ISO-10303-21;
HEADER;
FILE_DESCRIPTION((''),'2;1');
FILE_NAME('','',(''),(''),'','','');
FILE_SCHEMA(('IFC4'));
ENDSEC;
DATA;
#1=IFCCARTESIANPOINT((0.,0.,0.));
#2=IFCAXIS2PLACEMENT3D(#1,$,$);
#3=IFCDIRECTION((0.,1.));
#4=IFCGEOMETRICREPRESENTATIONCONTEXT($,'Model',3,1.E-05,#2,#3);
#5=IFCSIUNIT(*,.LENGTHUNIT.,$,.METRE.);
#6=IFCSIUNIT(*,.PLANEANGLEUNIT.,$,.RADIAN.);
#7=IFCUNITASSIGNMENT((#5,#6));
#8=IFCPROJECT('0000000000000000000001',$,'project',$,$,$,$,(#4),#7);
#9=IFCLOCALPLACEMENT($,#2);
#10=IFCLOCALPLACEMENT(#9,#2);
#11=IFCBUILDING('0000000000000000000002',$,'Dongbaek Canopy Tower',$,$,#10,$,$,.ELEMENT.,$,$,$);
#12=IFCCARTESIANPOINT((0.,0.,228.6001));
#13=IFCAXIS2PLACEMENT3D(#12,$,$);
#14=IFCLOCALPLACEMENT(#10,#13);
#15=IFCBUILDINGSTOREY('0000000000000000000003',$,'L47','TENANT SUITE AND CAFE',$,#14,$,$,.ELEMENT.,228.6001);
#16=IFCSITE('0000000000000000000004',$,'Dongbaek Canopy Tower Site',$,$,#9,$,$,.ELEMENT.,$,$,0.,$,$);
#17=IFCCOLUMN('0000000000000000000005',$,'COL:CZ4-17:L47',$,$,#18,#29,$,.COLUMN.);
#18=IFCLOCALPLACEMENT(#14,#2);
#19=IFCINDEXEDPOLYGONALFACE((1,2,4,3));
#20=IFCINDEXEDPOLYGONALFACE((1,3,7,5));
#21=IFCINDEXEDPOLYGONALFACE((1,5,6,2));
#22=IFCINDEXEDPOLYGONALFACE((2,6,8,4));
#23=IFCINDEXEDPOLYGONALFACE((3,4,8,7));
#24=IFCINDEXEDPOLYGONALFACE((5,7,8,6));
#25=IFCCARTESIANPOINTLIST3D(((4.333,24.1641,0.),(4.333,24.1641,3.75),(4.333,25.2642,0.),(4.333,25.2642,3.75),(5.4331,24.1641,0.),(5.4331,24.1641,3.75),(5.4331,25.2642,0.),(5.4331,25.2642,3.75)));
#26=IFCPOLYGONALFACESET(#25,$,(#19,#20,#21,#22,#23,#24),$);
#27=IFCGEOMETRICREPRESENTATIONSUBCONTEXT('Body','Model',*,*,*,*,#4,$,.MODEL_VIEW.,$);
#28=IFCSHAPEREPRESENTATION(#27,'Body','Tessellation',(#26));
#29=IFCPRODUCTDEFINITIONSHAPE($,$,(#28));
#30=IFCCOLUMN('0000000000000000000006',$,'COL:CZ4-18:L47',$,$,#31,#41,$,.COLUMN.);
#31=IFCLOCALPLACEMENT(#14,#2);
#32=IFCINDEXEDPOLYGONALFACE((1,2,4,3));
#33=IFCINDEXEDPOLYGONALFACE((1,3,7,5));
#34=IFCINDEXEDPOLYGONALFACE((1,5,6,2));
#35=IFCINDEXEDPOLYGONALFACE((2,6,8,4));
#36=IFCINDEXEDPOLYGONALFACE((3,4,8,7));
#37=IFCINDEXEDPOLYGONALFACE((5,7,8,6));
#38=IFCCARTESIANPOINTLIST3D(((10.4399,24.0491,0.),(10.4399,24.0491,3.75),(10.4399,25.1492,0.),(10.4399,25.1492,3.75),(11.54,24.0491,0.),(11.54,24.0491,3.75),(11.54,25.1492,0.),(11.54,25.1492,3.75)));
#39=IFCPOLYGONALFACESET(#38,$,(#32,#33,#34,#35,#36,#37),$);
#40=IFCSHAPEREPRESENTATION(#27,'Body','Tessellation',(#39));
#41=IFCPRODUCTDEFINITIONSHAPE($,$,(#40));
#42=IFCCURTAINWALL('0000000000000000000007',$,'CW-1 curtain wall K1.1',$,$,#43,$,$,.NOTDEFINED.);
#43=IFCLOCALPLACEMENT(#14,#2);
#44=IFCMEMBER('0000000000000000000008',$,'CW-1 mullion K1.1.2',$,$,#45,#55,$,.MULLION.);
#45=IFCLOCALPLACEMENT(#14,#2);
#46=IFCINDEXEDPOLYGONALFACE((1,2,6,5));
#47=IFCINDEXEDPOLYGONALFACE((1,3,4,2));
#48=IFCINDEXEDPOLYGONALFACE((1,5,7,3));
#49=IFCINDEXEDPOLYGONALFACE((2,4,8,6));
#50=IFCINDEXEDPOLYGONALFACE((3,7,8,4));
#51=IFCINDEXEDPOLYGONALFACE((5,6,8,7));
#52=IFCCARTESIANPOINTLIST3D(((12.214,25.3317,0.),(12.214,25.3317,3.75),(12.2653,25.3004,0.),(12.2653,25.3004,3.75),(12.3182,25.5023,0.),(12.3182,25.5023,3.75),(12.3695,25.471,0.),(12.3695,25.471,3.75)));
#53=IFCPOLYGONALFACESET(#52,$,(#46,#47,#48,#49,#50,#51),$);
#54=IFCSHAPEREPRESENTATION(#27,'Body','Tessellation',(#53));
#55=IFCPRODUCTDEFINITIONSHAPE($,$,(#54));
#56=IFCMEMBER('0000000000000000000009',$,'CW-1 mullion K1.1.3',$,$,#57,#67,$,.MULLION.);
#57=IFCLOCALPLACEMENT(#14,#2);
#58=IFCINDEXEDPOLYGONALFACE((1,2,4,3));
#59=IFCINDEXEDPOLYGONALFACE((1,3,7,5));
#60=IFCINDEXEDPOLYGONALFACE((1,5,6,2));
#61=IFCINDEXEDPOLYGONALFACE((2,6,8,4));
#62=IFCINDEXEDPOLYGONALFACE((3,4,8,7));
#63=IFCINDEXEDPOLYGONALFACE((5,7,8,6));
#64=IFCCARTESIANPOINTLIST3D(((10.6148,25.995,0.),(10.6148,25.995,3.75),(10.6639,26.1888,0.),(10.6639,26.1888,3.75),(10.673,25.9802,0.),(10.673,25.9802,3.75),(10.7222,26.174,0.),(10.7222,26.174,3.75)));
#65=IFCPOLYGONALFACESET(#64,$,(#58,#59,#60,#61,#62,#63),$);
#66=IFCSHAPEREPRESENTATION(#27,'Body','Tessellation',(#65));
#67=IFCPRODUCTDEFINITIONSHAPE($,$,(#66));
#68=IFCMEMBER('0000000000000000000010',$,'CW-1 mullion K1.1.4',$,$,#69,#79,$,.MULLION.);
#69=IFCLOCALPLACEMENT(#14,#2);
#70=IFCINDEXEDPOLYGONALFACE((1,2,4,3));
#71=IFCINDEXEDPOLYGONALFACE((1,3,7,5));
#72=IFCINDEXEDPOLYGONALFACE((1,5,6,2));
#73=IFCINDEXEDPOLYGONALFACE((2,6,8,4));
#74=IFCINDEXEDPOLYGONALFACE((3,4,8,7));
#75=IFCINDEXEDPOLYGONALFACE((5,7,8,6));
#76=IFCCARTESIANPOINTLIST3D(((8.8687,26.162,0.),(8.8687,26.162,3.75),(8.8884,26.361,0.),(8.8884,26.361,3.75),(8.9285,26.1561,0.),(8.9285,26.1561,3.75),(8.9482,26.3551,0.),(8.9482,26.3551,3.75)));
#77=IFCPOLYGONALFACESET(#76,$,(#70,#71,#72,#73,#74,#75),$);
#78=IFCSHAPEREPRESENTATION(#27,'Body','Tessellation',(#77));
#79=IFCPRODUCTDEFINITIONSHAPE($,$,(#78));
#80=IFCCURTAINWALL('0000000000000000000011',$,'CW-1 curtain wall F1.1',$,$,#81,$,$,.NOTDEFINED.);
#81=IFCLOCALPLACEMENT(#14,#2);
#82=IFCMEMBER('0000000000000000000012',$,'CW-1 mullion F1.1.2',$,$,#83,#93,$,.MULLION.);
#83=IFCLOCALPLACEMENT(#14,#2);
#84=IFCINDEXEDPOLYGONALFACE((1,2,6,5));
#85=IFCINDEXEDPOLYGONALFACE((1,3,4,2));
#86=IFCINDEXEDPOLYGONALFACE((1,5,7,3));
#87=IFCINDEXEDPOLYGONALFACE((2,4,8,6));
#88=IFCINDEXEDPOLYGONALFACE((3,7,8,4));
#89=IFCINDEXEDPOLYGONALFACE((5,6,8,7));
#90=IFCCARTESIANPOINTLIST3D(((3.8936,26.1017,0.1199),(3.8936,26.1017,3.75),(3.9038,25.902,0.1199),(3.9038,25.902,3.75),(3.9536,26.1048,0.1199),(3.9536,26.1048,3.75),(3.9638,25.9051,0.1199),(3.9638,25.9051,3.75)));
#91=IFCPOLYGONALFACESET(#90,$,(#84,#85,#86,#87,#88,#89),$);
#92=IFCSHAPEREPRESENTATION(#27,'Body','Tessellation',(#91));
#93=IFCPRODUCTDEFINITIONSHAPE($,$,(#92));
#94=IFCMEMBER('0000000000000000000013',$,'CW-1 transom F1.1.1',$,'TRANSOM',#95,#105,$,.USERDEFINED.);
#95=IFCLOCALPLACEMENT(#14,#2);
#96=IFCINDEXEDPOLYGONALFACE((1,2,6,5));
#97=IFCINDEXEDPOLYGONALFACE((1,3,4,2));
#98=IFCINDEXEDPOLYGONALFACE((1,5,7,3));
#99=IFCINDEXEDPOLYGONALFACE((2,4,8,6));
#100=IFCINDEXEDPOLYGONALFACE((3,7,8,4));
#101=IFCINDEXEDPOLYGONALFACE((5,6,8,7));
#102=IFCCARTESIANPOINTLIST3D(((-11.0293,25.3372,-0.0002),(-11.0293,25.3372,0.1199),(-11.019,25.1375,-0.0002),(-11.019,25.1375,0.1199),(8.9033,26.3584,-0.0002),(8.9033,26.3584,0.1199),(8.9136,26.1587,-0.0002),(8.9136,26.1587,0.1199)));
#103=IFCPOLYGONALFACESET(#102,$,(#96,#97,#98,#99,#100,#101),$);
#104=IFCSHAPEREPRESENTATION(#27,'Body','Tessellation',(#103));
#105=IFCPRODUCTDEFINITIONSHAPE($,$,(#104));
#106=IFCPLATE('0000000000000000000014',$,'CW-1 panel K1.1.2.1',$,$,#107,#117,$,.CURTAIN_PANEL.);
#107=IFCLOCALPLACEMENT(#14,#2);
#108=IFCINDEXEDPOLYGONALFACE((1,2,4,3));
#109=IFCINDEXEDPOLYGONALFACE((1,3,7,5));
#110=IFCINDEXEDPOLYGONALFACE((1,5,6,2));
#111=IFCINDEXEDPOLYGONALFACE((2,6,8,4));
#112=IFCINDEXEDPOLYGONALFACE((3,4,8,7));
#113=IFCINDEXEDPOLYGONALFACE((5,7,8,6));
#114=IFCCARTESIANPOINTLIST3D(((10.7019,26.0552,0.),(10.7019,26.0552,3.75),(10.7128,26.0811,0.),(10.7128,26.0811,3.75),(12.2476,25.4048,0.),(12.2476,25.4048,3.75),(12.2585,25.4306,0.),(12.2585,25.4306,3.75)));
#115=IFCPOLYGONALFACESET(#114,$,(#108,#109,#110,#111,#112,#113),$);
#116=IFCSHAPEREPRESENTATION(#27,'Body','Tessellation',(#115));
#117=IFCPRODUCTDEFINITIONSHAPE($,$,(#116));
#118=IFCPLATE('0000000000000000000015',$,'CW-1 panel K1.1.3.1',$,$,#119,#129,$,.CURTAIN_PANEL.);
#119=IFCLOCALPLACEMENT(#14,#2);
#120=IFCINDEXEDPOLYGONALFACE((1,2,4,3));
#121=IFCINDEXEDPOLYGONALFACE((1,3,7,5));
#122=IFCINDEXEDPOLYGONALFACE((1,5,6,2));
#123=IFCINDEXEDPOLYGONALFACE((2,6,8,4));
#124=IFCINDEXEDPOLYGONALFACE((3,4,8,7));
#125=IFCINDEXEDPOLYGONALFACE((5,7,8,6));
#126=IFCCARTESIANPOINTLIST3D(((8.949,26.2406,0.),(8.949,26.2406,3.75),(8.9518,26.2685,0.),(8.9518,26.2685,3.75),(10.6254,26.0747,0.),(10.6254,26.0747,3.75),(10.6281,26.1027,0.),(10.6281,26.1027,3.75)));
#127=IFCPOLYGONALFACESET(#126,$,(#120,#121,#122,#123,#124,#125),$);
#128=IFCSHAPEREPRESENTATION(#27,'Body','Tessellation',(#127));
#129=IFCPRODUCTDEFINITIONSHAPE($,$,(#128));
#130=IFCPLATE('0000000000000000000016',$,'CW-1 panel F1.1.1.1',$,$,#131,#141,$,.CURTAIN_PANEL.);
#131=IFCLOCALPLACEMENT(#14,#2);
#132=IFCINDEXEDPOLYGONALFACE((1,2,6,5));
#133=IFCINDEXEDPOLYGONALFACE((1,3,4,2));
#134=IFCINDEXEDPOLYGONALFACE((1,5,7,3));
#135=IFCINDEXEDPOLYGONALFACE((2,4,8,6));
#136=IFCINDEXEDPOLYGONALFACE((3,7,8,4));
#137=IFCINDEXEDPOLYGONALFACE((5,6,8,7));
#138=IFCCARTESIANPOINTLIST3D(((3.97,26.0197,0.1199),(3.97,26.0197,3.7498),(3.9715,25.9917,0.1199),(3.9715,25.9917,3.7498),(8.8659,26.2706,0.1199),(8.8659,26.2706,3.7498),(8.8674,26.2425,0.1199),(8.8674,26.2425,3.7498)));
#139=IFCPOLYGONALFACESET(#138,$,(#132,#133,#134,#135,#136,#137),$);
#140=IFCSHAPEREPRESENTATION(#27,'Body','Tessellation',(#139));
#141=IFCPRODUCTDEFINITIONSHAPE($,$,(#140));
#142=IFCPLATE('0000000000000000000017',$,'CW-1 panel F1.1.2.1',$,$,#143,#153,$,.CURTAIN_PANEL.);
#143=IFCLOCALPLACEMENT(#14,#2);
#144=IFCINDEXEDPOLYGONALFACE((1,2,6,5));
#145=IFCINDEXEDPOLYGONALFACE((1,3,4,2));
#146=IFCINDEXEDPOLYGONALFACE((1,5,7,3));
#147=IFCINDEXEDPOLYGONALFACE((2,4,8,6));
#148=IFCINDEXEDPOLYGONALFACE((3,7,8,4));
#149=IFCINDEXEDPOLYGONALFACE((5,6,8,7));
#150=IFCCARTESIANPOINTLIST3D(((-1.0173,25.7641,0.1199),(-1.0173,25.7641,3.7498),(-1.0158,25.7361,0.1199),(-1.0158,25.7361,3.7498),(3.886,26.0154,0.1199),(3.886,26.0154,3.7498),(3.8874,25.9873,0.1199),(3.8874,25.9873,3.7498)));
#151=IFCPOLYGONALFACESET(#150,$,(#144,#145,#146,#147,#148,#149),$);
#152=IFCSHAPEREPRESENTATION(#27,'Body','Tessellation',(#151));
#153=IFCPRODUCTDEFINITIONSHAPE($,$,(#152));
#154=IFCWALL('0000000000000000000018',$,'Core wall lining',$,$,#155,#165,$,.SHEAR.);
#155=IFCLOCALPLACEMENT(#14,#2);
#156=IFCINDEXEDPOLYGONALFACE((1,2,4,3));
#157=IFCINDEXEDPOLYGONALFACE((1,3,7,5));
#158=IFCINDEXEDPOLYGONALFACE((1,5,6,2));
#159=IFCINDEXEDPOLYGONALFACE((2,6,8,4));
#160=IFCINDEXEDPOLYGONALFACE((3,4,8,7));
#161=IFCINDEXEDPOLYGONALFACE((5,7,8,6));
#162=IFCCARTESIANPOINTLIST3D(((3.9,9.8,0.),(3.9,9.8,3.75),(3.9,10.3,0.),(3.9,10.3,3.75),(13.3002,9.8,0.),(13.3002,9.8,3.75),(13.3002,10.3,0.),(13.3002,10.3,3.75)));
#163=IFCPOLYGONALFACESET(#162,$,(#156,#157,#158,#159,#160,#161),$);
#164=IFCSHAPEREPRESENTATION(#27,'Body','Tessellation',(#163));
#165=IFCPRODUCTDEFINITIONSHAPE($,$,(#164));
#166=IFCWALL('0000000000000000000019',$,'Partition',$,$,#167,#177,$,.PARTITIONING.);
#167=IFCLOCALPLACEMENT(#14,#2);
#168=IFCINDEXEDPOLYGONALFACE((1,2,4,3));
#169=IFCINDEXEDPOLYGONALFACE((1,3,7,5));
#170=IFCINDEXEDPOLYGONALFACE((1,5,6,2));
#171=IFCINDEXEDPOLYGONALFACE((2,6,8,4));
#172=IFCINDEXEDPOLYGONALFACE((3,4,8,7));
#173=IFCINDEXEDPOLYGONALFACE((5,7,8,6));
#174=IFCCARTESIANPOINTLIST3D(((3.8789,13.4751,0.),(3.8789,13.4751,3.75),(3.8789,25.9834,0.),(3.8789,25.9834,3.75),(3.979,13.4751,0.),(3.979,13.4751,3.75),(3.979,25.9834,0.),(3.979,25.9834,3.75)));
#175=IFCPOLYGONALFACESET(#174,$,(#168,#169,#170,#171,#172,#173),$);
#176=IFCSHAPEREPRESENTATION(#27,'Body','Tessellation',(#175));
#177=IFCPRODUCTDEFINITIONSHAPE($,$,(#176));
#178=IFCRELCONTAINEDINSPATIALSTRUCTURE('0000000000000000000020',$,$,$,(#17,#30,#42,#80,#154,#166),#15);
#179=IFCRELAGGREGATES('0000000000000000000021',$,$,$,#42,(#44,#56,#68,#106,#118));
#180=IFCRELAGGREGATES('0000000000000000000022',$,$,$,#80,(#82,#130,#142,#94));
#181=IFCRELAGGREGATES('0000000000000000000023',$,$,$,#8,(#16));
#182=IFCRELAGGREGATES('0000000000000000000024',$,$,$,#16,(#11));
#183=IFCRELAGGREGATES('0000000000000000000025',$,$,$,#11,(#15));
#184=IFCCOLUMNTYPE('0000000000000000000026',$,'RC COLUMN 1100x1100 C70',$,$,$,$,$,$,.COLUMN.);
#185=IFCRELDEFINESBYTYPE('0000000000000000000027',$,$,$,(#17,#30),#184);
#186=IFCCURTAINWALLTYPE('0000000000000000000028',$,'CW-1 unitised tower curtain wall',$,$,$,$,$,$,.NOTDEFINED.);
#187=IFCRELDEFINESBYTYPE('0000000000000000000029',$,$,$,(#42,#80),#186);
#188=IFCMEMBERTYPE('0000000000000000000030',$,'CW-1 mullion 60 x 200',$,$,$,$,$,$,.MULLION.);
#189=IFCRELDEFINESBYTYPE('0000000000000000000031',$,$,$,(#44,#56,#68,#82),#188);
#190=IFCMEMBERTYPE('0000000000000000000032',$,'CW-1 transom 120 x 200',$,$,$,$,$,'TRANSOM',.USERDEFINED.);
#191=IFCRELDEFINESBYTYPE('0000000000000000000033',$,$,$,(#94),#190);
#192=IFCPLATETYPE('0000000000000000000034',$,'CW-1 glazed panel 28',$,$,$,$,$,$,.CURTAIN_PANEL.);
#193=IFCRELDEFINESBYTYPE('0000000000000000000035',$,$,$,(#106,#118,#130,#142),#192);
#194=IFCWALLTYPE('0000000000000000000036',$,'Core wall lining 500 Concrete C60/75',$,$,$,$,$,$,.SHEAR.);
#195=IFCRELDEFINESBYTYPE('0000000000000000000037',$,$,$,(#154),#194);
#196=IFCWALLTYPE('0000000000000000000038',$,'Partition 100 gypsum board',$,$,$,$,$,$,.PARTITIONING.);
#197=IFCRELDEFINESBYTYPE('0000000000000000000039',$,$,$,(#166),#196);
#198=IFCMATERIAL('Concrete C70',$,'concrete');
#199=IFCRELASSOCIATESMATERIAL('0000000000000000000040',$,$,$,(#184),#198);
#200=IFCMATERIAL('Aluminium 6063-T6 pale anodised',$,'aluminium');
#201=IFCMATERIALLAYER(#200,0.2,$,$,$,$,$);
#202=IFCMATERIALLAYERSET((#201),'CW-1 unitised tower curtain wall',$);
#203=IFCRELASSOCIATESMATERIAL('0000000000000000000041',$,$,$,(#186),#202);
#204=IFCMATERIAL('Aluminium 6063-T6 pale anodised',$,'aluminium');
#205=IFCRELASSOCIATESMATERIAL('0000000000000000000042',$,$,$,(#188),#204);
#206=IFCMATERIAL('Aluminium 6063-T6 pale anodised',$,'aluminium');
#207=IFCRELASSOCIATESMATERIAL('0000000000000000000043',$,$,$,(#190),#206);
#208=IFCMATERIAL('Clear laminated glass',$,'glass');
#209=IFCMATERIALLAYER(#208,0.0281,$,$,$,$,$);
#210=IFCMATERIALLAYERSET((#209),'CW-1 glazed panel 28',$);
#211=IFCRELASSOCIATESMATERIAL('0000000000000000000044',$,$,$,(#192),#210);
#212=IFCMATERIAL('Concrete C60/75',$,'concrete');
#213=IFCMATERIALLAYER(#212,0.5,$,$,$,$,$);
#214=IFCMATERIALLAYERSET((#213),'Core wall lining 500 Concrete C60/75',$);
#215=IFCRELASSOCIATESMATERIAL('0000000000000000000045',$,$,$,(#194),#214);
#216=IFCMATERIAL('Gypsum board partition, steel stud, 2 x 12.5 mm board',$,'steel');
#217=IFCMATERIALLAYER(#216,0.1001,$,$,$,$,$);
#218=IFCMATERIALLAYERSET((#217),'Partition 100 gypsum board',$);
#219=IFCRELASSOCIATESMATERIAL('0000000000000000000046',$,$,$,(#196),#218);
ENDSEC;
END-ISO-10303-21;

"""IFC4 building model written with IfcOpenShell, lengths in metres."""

from ifc_helpers import new_model, si_unit, direction, frame, frame_2d, origin, origin_2d, place, context, subcontext, project, spatial, rectangle, extrude, material, layer, layer_set, material_profile, profile_set, type_object, element, aggregate, save


model = new_model("IFC4")

# Units and contexts
model_context = context("Model", 3, precision=1e-05, world=origin(), true_north=direction((0.0, 1.0)))
body_context = subcontext(model_context, "Body", "Model", "MODEL_VIEW")
ifc_project = project(units=[si_unit("LENGTHUNIT", "METRE"), si_unit("PLANEANGLEUNIT", "RADIAN")], contexts=[model_context])

# Site, building, storey
site_placement = place(None, origin())
site = spatial("IfcSite", under=ifc_project, at=site_placement, Name="Dongbaek Canopy Tower Site", CompositionType="ELEMENT", RefElevation=0.0)
building_placement = place(site_placement, origin())
building = spatial("IfcBuilding", under=site, at=building_placement, Name="Dongbaek Canopy Tower", CompositionType="ELEMENT")
storey_placement = place(building_placement, frame((0.0, 0.0, 228.6001)))
storey = spatial("IfcBuildingStorey", under=building, at=storey_placement, Name="L47", Description="TENANT SUITE AND CAFE", CompositionType="ELEMENT", Elevation=228.6001)

# Columns
ifc_material_1 = material(Name="Concrete C70", Category="concrete")
ifc_material_profile_1 = material_profile(ifc_material_1, rectangle(XDim=1.1001, YDim=1.1001, at=origin_2d()), Name="RC COLUMN 1100x1100 C70")
ifc_profile_set_1 = profile_set([ifc_material_profile_1], Name="Concrete C70")
column_type = type_object("IfcColumnType", Name="RC COLUMN 1100x1100 C70", PredefinedType="COLUMN", material=ifc_profile_set_1)
for number, where, z_axis, x_axis, name in (
    (1, (4.8831, 24.7141, 0.0), (0.0, 0.0, 1.0), (1.0, 0.0, 0.0), "COL:CZ4-17:L47"),
    (2, (10.99, 24.5991, 0.0), (0.0, 0.0, 1.0), (1.0, 0.0, 0.0), "COL:CZ4-18:L47"),
):
    element("IfcColumn", number, at=place(storey_placement, frame(where, z_axis=z_axis, x_axis=x_axis)), inside=storey, type_object=column_type, Name=name, PredefinedType="COLUMN", context=body_context, shape_type="SweptSolid", body=[
        extrude(rectangle(XDim=1.1001, YDim=1.1001, at=origin_2d()), origin(), (0.0, 0.0, 1.0), 3.75),
    ])

# Curtain walls, members
ifc_material_2 = material(Name="Aluminium 6063-T6 pale anodised", Category="aluminium")
ifc_layer_1 = layer(ifc_material_2, 0.2)
ifc_layer_set_1 = layer_set([ifc_layer_1], Name="CW-1 unitised tower curtain wall")
curtain_wall_type = type_object("IfcCurtainWallType", Name="CW-1 unitised tower curtain wall", PredefinedType="NOTDEFINED", material=ifc_layer_set_1)
curtain_wall_1_placement = place(storey_placement, origin())
curtain_wall_1 = element("IfcCurtainWall", 3, at=curtain_wall_1_placement, inside=storey, type_object=curtain_wall_type, Name="CW-1 curtain wall K1.1", PredefinedType="NOTDEFINED")
ifc_material_3 = material(Name="Aluminium 6063-T6 pale anodised", Category="aluminium")
ifc_material_profile_2 = material_profile(ifc_material_3, rectangle(XDim=0.2, YDim=0.0601, at=origin_2d()), Name="CW-1 mullion 60 x 200")
ifc_profile_set_2 = profile_set([ifc_material_profile_2], Name="Aluminium 6063-T6 pale anodised")
member_type_1 = type_object("IfcMemberType", Name="CW-1 mullion 60 x 200", PredefinedType="MULLION", material=ifc_profile_set_2)
member_1_placement = place(storey_placement, frame((12.2917, 25.4014, 0.0), z_axis=(0.0, 0.0, 1.0), x_axis=(0.521099, 0.853496, 0.0)))
member_1 = element("IfcMember", 4, at=member_1_placement, type_object=member_type_1, Name="CW-1 mullion K1.1.2", PredefinedType="MULLION", context=body_context, shape_type="SweptSolid", body=[
    extrude(rectangle(XDim=0.2, YDim=0.0601, at=origin_2d()), origin(), (0.0, 0.0, 1.0), 3.75),
])
member_2_placement = place(storey_placement, frame((10.6685, 26.0845, 0.0), z_axis=(0.0, 0.0, 1.0), x_axis=(0.245923, 0.969289, 0.0)))
member_2 = element("IfcMember", 5, at=member_2_placement, type_object=member_type_1, Name="CW-1 mullion K1.1.3", PredefinedType="MULLION", context=body_context, shape_type="SweptSolid", body=[
    extrude(rectangle(XDim=0.2, YDim=0.0601, at=origin_2d()), origin(), (0.0, 0.0, 1.0), 3.75),
])
member_3_placement = place(storey_placement, frame((8.9084, 26.2585, 0.0), z_axis=(0.0, 0.0, 1.0), x_axis=(0.098479, 0.995139, 0.0)))
member_3 = element("IfcMember", 6, at=member_3_placement, type_object=member_type_1, Name="CW-1 mullion K1.1.4", PredefinedType="MULLION", context=body_context, shape_type="SweptSolid", body=[
    extrude(rectangle(XDim=0.2, YDim=0.0601, at=origin_2d()), origin(), (0.0, 0.0, 1.0), 3.75),
])
curtain_wall_2_placement = place(storey_placement, origin())
curtain_wall_2 = element("IfcCurtainWall", 7, at=curtain_wall_2_placement, inside=storey, type_object=curtain_wall_type, Name="CW-1 curtain wall F1.1", PredefinedType="NOTDEFINED")
member_4_placement = place(storey_placement, frame((3.9287, 26.0034, 0.1199), z_axis=(0.0, 0.0, 1.0), x_axis=(-0.051171, 0.99869, 0.0)))
member_4 = element("IfcMember", 8, at=member_4_placement, type_object=member_type_1, Name="CW-1 mullion F1.1.2", PredefinedType="MULLION", context=body_context, shape_type="SweptSolid", body=[
    extrude(rectangle(XDim=0.2, YDim=0.0601, at=origin_2d()), origin(), (0.0, 0.0, 1.0), 3.6301),
])
ifc_material_4 = material(Name="Aluminium 6063-T6 pale anodised", Category="aluminium")
ifc_material_profile_3 = material_profile(ifc_material_4, rectangle(XDim=0.2, YDim=0.1201, at=origin_2d()), Name="CW-1 transom 120 x 200")
ifc_profile_set_3 = profile_set([ifc_material_profile_3], Name="Aluminium 6063-T6 pale anodised")
member_type_2 = type_object("IfcMemberType", Name="CW-1 transom 120 x 200", ElementType="TRANSOM", PredefinedType="USERDEFINED", material=ifc_profile_set_3)
member_5_placement = place(storey_placement, frame((8.9084, 26.2585, 0.0598), z_axis=(-0.99869, -0.051168, 0.0), x_axis=(0.051168, -0.99869, 0.0)))
member_5 = element("IfcMember", 9, at=member_5_placement, type_object=member_type_2, Name="CW-1 transom F1.1.1", ObjectType="TRANSOM", PredefinedType="USERDEFINED", context=body_context, shape_type="SweptSolid", body=[
    extrude(rectangle(XDim=0.2, YDim=0.1201, at=origin_2d()), origin(), (0.0, 0.0, 1.0), 19.9587),
])

# Plates
ifc_material_5 = material(Name="Clear laminated glass", Category="glass")
ifc_layer_2 = layer(ifc_material_5, 0.0281)
ifc_layer_set_2 = layer_set([ifc_layer_2], Name="CW-1 glazed panel 28")
plate_type = type_object("IfcPlateType", Name="CW-1 glazed panel 28", PredefinedType="CURTAIN_PANEL", material=ifc_layer_set_2)
plate_1_placement = place(storey_placement, frame((11.4802, 25.7429, 0.0), z_axis=(0.0, 0.0, 1.0), x_axis=(-0.92172, 0.387857, 0.0)))
plate_1 = element("IfcPlate", 10, at=plate_1_placement, type_object=plate_type, Name="CW-1 panel K1.1.2.1", PredefinedType="CURTAIN_PANEL", context=body_context, shape_type="SweptSolid", body=[
    extrude(rectangle(XDim=1.677, YDim=0.0281, at=origin_2d()), origin(), (0.0, 0.0, 1.0), 3.75),
])
plate_2_placement = place(storey_placement, frame((9.7886, 26.1716, 0.0), z_axis=(0.0, 0.0, 1.0), x_axis=(-0.995139, 0.098479, 0.0)))
plate_2 = element("IfcPlate", 11, at=plate_2_placement, type_object=plate_type, Name="CW-1 panel K1.1.3.1", PredefinedType="CURTAIN_PANEL", context=body_context, shape_type="SweptSolid", body=[
    extrude(rectangle(XDim=1.6846, YDim=0.0281, at=origin_2d()), origin(), (0.0, 0.0, 1.0), 3.75),
])
aggregate(curtain_wall_1, [member_1, member_2, member_3, plate_1, plate_2])
plate_3_placement = place(storey_placement, frame((6.4187, 26.1311, 0.1199), z_axis=(0.0, 0.0, 1.0), x_axis=(-0.99869, -0.051171, 0.0)))
plate_3 = element("IfcPlate", 12, at=plate_3_placement, type_object=plate_type, Name="CW-1 panel F1.1.1.1", PredefinedType="CURTAIN_PANEL", context=body_context, shape_type="SweptSolid", body=[
    extrude(rectangle(XDim=4.9023, YDim=0.0281, at=origin_2d()), origin(), (0.0, 0.0, 1.0), 3.6299),
])
plate_4_placement = place(storey_placement, frame((1.4351, 25.8757, 0.1199), z_axis=(0.0, 0.0, 1.0), x_axis=(-0.99869, -0.051171, 0.0)))
plate_4 = element("IfcPlate", 13, at=plate_4_placement, type_object=plate_type, Name="CW-1 panel F1.1.2.1", PredefinedType="CURTAIN_PANEL", context=body_context, shape_type="SweptSolid", body=[
    extrude(rectangle(XDim=4.9097, YDim=0.0281, at=origin_2d()), origin(), (0.0, 0.0, 1.0), 3.6299),
])

# Walls
ifc_material_6 = material(Name="Concrete C60/75", Category="concrete")
ifc_layer_3 = layer(ifc_material_6, 0.5)
ifc_layer_set_3 = layer_set([ifc_layer_3], Name="Core wall lining 500 Concrete C60/75")
wall_type_1 = type_object("IfcWallType", Name="Core wall lining 500 Concrete C60/75", PredefinedType="SHEAR", material=ifc_layer_set_3)
wall_1_placement = place(storey_placement, frame((3.8999, 10.05, 0.0), z_axis=(0.0, 0.0, 1.0), x_axis=(1.0, 0.0, 0.0)))
element("IfcWall", 14, at=wall_1_placement, inside=storey, type_object=wall_type_1, Name="Core wall lining", PredefinedType="SHEAR", context=body_context, shape_type="SweptSolid", body=[
    extrude(rectangle(XDim=9.4001, YDim=0.5, at=frame_2d((4.7002, 0.0))), origin(), (0.0, 0.0, 1.0), 3.75),
])
ifc_material_7 = material(Name="Gypsum board partition, steel stud, 2 x 12.5 mm board", Category="steel")
ifc_layer_4 = layer(ifc_material_7, 0.1001)
ifc_layer_set_4 = layer_set([ifc_layer_4], Name="Partition 100 gypsum board")
wall_type_2 = type_object("IfcWallType", Name="Partition 100 gypsum board", PredefinedType="PARTITIONING", material=ifc_layer_set_4)
wall_2_placement = place(storey_placement, frame((3.929, 13.4751, 0.0), z_axis=(0.0, 0.0, 1.0), x_axis=(0.0, 1.0, 0.0)))
element("IfcWall", 15, at=wall_2_placement, inside=storey, type_object=wall_type_2, Name="Partition", PredefinedType="PARTITIONING", context=body_context, shape_type="SweptSolid", body=[
    extrude(rectangle(XDim=12.5083, YDim=0.1001, at=frame_2d((6.2542, 0.0))), origin(), (0.0, 0.0, 1.0), 3.75),
])

aggregate(curtain_wall_2, [member_4, plate_3, plate_4, member_5])

save(model, "model.ifc")
